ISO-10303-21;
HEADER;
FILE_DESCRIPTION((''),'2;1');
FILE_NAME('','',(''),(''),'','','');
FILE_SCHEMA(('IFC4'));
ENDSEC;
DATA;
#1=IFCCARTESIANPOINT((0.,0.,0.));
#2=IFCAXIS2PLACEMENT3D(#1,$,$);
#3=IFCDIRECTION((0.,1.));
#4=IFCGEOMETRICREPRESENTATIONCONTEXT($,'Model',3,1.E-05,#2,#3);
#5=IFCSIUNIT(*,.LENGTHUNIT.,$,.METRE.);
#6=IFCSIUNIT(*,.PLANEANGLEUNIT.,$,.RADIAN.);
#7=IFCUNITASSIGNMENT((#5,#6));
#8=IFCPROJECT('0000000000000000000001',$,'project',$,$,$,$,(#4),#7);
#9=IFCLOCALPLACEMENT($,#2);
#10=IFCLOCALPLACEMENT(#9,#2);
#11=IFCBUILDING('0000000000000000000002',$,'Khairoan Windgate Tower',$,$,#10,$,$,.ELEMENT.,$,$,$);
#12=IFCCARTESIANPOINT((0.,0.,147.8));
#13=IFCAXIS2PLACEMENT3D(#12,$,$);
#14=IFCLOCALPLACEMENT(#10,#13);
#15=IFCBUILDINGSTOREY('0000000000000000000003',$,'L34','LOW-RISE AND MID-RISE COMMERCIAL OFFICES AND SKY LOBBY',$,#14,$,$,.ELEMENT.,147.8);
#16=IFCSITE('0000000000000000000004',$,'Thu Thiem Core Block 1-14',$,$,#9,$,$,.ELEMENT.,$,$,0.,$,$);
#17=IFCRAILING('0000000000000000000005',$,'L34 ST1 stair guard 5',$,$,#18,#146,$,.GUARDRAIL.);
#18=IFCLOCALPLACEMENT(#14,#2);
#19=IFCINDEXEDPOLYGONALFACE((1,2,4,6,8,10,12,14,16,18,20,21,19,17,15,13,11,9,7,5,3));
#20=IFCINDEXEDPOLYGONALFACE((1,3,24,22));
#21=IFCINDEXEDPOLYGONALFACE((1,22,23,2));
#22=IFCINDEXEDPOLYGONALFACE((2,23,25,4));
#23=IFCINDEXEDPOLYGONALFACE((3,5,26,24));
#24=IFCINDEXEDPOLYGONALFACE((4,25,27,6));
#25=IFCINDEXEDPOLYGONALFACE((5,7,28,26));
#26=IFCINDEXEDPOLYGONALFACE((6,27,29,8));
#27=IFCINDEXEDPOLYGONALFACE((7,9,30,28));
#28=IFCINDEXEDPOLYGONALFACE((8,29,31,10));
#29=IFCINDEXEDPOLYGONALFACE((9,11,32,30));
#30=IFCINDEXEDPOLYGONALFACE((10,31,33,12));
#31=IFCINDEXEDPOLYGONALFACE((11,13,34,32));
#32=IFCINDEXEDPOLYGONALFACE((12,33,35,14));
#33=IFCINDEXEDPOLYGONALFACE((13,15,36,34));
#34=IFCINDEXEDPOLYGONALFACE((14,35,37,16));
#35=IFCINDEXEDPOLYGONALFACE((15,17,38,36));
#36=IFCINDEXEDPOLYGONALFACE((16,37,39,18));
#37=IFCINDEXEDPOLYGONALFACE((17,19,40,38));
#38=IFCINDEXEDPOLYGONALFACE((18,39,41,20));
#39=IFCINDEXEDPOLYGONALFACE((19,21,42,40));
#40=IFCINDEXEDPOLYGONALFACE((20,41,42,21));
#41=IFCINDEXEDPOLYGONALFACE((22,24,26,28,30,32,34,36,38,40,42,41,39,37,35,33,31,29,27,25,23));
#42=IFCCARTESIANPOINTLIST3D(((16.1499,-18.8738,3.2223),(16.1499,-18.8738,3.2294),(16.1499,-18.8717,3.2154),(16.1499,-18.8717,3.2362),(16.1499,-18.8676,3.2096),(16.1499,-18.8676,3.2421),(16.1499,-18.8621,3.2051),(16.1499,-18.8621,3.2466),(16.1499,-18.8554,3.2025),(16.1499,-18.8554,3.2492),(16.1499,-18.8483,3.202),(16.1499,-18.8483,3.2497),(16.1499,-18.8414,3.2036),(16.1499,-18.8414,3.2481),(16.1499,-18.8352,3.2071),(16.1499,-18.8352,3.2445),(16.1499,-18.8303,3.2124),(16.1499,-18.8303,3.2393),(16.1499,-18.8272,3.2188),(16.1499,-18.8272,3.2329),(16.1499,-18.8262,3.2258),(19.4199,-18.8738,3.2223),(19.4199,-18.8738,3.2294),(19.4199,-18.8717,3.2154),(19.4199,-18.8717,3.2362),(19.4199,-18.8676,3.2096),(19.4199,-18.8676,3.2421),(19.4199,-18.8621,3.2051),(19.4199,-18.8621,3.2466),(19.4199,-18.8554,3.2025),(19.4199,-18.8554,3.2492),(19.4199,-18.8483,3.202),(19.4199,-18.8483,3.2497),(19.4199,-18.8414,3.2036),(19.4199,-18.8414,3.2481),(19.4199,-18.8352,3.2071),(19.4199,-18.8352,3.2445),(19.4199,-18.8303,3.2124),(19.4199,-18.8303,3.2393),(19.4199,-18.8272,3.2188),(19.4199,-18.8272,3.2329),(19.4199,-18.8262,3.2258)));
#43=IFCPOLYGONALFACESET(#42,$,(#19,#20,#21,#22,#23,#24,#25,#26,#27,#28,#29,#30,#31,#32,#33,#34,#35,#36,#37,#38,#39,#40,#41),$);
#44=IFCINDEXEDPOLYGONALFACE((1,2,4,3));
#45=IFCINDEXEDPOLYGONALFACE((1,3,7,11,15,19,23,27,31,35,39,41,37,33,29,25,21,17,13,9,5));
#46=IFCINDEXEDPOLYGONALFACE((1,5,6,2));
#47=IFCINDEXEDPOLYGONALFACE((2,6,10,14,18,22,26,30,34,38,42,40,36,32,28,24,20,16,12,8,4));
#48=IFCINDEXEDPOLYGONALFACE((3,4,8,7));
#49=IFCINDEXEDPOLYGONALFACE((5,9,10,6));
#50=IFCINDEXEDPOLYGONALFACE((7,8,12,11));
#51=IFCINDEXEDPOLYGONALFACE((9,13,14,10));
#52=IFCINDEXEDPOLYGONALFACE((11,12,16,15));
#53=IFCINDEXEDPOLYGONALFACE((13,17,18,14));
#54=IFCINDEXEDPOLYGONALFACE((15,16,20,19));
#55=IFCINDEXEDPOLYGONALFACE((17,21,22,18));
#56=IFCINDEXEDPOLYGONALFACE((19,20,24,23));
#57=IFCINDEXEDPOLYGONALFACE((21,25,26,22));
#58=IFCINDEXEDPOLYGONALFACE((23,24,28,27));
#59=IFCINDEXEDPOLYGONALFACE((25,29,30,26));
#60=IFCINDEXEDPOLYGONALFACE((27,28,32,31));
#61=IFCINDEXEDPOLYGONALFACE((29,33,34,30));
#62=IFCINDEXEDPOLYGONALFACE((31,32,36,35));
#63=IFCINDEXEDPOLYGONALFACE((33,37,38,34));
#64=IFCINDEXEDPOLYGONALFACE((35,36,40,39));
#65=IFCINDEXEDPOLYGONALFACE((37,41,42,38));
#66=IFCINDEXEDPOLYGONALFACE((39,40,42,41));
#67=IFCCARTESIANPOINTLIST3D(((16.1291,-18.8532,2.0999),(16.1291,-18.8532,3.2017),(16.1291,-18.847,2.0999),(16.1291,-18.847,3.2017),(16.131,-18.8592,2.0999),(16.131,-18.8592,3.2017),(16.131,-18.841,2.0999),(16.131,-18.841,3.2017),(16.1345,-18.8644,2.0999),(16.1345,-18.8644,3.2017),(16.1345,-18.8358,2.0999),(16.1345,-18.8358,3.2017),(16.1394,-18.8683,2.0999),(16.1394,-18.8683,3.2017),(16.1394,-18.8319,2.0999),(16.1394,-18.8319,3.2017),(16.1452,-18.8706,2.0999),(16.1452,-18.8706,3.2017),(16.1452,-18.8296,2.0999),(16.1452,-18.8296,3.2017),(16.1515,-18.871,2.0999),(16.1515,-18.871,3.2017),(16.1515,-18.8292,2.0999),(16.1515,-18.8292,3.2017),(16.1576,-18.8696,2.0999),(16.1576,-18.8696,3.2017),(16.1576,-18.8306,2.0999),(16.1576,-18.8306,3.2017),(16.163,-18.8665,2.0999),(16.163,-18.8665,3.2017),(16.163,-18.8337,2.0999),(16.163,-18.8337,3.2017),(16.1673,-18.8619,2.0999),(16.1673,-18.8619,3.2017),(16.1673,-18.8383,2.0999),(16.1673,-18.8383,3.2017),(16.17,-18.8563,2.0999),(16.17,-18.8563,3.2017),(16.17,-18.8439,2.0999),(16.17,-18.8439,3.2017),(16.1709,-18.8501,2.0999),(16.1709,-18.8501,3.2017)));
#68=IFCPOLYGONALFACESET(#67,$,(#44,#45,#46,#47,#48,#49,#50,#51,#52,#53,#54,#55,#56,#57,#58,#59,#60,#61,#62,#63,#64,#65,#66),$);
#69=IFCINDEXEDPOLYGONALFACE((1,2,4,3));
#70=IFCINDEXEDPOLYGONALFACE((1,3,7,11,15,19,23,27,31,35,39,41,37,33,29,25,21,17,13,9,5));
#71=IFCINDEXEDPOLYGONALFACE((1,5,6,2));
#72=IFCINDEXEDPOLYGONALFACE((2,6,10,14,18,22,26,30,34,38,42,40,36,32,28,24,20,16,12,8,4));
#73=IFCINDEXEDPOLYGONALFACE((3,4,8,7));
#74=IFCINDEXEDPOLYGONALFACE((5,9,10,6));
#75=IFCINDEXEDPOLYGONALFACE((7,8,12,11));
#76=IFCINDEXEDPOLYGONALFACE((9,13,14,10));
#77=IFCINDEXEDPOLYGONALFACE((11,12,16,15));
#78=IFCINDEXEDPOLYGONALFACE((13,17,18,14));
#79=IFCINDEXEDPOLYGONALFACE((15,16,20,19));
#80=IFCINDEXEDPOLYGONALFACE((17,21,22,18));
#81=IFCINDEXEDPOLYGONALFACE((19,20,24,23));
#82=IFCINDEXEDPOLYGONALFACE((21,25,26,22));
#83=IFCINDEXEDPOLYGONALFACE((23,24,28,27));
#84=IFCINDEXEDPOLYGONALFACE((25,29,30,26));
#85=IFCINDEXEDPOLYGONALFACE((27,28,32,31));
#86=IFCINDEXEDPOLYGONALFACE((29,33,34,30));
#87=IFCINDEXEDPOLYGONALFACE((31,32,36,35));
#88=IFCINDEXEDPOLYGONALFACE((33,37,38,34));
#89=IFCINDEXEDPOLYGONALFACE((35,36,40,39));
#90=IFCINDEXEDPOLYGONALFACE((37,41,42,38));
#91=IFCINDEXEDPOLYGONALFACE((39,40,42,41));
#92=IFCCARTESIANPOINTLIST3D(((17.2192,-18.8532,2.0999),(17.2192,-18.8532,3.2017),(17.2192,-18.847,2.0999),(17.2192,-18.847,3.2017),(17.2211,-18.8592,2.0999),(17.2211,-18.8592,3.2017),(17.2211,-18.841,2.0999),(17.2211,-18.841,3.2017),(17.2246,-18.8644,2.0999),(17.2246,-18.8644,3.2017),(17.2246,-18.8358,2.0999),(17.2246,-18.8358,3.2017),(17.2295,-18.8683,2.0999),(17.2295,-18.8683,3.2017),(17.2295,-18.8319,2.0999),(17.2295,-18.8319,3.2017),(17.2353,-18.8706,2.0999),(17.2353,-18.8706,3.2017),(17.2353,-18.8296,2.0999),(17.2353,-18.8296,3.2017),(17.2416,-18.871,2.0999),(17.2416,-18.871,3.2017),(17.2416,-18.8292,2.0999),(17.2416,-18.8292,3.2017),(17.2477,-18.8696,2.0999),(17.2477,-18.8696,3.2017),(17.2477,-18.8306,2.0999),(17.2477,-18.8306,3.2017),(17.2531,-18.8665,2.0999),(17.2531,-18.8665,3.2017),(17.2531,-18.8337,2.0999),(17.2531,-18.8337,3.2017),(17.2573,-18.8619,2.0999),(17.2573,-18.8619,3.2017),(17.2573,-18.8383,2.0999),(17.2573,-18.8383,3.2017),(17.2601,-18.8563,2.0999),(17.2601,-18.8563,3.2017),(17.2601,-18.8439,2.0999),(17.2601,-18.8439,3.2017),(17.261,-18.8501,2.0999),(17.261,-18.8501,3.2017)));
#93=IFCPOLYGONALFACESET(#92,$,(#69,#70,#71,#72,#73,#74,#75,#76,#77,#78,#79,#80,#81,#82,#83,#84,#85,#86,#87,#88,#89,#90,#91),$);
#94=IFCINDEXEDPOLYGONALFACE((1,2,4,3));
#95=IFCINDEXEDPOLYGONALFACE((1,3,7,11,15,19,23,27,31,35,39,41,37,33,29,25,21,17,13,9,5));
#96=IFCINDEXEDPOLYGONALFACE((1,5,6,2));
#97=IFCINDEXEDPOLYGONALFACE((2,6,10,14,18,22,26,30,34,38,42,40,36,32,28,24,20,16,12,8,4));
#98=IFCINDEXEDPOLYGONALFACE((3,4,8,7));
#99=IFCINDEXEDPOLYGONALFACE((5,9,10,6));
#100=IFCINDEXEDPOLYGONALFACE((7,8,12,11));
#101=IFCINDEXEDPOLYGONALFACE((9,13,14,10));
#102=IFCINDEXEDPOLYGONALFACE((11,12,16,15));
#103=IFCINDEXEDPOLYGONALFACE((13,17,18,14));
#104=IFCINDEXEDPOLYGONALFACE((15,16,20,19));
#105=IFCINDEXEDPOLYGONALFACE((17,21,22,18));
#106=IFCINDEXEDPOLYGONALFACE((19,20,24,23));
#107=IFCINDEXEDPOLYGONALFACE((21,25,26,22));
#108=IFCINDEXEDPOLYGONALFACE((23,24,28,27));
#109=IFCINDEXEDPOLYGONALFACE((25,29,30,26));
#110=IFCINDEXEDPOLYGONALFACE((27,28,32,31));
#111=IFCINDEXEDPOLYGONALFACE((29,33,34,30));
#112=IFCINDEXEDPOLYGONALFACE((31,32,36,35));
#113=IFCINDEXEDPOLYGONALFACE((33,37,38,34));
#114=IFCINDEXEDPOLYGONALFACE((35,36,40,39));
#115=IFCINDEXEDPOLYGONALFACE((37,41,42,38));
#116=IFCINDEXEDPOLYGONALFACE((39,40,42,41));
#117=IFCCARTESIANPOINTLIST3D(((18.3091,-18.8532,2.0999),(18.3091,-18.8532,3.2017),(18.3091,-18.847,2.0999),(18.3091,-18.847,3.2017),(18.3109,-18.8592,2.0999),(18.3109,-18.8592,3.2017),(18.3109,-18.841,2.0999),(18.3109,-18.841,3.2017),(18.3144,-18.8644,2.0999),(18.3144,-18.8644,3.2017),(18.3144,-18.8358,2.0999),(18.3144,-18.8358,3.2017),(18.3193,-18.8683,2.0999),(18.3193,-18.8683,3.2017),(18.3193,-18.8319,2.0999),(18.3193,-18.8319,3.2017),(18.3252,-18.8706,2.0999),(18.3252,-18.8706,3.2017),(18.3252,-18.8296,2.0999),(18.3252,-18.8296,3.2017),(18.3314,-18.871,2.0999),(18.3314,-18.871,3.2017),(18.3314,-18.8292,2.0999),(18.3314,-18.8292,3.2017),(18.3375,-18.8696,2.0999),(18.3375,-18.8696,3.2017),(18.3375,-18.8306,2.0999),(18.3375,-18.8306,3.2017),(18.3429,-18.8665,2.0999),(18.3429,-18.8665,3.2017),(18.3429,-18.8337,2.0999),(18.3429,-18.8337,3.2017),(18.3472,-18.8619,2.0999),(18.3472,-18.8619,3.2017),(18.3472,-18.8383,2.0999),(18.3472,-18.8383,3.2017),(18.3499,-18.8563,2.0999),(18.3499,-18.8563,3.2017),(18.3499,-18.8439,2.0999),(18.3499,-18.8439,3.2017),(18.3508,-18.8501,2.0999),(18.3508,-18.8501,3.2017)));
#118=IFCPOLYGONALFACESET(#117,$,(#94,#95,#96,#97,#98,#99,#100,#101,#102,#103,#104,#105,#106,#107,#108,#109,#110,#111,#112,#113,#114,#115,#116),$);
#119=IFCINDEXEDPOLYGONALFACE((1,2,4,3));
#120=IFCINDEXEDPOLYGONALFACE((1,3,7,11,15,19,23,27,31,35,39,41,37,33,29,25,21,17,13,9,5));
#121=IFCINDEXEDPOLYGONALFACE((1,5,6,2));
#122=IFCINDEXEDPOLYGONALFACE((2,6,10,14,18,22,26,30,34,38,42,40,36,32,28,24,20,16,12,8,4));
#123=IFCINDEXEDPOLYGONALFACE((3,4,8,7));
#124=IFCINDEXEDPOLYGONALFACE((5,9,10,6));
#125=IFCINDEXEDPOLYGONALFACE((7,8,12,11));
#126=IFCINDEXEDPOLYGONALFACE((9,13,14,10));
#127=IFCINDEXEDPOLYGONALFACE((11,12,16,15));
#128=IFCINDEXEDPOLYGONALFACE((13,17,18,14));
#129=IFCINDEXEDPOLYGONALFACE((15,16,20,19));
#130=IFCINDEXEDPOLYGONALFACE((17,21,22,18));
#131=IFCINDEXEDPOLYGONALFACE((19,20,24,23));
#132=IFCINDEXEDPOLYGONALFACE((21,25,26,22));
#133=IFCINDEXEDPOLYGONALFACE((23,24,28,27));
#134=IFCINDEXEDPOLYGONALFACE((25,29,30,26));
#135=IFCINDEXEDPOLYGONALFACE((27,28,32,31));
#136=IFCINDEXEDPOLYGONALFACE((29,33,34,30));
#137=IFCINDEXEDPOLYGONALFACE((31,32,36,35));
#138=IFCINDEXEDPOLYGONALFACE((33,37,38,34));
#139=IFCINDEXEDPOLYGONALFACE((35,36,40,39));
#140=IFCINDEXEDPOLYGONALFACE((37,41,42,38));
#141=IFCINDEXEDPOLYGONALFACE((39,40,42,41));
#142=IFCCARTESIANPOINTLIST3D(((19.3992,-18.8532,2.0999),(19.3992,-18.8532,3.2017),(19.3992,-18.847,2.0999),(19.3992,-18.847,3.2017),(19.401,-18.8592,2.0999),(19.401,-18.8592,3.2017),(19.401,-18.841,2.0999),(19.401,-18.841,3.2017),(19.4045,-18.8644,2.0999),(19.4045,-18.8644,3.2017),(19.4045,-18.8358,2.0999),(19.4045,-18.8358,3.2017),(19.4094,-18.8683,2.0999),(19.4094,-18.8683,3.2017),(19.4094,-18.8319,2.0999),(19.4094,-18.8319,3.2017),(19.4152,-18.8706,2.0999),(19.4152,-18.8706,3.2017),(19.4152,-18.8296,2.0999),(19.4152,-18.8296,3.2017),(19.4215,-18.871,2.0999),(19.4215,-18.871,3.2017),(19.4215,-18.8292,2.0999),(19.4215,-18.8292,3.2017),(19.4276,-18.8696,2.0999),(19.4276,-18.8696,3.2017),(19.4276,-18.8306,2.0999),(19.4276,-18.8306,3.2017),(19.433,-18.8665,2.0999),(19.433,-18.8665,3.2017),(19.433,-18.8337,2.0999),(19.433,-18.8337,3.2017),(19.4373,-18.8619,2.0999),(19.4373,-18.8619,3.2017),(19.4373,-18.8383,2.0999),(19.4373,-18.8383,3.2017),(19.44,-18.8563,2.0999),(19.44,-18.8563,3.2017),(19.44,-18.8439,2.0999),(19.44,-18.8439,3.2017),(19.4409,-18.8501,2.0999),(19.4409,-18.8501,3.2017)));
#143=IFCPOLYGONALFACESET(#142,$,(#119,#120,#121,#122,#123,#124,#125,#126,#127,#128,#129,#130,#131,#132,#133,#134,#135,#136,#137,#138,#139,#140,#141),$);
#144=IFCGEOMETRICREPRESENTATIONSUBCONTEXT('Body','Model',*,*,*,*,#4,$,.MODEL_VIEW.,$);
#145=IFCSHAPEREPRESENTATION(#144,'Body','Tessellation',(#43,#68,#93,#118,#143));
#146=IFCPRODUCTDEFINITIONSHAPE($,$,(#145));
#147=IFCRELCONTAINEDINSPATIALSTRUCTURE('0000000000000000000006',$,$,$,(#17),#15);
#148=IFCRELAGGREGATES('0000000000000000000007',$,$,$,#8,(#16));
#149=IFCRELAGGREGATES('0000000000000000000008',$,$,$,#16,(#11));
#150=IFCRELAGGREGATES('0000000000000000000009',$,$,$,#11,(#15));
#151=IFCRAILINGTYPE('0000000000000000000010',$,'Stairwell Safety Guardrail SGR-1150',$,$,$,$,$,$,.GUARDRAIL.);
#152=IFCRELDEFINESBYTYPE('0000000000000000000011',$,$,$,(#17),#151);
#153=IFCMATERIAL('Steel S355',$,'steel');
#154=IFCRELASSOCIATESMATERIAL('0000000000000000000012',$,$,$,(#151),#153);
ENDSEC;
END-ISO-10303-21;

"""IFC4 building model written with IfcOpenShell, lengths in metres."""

from ifc_helpers import new_model, si_unit, direction, frame, origin, origin_2d, place, context, subcontext, project, spatial, circle, extrude, material, type_object, element, save


model = new_model("IFC4")

# Units and contexts
model_context = context("Model", 3, precision=1e-05, world=origin(), true_north=direction((0.0, 1.0)))
body_context = subcontext(model_context, "Body", "Model", "MODEL_VIEW")
ifc_project = project(units=[si_unit("LENGTHUNIT", "METRE"), si_unit("PLANEANGLEUNIT", "RADIAN")], contexts=[model_context])

# Site, building, storey
site_placement = place(None, origin())
site = spatial("IfcSite", under=ifc_project, at=site_placement, Name="Thu Thiem Core Block 1-14", CompositionType="ELEMENT", RefElevation=0.0)
building_placement = place(site_placement, origin())
building = spatial("IfcBuilding", under=site, at=building_placement, Name="Khairoan Windgate Tower", CompositionType="ELEMENT")
storey_placement = place(building_placement, frame((0.0, 0.0, 147.8)))
storey = spatial("IfcBuildingStorey", under=building, at=storey_placement, Name="L34", Description="LOW-RISE AND MID-RISE COMMERCIAL OFFICES AND SKY LOBBY", CompositionType="ELEMENT", Elevation=147.8)

# Railing
ifc_material_1 = material(Name="Steel S355", Category="steel")
railing_type_1 = type_object("IfcRailingType", Name="Stairwell Safety Guardrail SGR-1150", PredefinedType="GUARDRAIL", material=ifc_material_1)
railing_1_placement = place(storey_placement, frame((16.1499, -18.8501, 2.0999)))
element("IfcRailing", 1, at=railing_1_placement, inside=storey, type_object=railing_type_1, Name="L34 ST1 stair guard 5", PredefinedType="GUARDRAIL", context=body_context, shape_type="SweptSolid", body=[
    extrude(circle(Radius=0.0239, at=origin_2d()), frame((0.0, 0.0, 1.126), z_axis=(1.0, 0.0, 0.0), x_axis=(0.0, 1.0, 0.0)), (0.0, 0.0, 1.0), 3.27),
    extrude(circle(Radius=0.021, at=origin_2d()), origin(), (0.0, 0.0, 1.0), 1.1018),
    extrude(circle(Radius=0.021, at=origin_2d()), frame((1.0901, 0.0, 0.0)), (0.0, 0.0, 1.0), 1.1018),
    extrude(circle(Radius=0.021, at=origin_2d()), frame((2.1799, 0.0, 0.0)), (0.0, 0.0, 1.0), 1.1018),
    extrude(circle(Radius=0.021, at=origin_2d()), frame((3.27, 0.0, 0.0)), (0.0, 0.0, 1.0), 1.1018),
])

save(model, "model.ifc")
